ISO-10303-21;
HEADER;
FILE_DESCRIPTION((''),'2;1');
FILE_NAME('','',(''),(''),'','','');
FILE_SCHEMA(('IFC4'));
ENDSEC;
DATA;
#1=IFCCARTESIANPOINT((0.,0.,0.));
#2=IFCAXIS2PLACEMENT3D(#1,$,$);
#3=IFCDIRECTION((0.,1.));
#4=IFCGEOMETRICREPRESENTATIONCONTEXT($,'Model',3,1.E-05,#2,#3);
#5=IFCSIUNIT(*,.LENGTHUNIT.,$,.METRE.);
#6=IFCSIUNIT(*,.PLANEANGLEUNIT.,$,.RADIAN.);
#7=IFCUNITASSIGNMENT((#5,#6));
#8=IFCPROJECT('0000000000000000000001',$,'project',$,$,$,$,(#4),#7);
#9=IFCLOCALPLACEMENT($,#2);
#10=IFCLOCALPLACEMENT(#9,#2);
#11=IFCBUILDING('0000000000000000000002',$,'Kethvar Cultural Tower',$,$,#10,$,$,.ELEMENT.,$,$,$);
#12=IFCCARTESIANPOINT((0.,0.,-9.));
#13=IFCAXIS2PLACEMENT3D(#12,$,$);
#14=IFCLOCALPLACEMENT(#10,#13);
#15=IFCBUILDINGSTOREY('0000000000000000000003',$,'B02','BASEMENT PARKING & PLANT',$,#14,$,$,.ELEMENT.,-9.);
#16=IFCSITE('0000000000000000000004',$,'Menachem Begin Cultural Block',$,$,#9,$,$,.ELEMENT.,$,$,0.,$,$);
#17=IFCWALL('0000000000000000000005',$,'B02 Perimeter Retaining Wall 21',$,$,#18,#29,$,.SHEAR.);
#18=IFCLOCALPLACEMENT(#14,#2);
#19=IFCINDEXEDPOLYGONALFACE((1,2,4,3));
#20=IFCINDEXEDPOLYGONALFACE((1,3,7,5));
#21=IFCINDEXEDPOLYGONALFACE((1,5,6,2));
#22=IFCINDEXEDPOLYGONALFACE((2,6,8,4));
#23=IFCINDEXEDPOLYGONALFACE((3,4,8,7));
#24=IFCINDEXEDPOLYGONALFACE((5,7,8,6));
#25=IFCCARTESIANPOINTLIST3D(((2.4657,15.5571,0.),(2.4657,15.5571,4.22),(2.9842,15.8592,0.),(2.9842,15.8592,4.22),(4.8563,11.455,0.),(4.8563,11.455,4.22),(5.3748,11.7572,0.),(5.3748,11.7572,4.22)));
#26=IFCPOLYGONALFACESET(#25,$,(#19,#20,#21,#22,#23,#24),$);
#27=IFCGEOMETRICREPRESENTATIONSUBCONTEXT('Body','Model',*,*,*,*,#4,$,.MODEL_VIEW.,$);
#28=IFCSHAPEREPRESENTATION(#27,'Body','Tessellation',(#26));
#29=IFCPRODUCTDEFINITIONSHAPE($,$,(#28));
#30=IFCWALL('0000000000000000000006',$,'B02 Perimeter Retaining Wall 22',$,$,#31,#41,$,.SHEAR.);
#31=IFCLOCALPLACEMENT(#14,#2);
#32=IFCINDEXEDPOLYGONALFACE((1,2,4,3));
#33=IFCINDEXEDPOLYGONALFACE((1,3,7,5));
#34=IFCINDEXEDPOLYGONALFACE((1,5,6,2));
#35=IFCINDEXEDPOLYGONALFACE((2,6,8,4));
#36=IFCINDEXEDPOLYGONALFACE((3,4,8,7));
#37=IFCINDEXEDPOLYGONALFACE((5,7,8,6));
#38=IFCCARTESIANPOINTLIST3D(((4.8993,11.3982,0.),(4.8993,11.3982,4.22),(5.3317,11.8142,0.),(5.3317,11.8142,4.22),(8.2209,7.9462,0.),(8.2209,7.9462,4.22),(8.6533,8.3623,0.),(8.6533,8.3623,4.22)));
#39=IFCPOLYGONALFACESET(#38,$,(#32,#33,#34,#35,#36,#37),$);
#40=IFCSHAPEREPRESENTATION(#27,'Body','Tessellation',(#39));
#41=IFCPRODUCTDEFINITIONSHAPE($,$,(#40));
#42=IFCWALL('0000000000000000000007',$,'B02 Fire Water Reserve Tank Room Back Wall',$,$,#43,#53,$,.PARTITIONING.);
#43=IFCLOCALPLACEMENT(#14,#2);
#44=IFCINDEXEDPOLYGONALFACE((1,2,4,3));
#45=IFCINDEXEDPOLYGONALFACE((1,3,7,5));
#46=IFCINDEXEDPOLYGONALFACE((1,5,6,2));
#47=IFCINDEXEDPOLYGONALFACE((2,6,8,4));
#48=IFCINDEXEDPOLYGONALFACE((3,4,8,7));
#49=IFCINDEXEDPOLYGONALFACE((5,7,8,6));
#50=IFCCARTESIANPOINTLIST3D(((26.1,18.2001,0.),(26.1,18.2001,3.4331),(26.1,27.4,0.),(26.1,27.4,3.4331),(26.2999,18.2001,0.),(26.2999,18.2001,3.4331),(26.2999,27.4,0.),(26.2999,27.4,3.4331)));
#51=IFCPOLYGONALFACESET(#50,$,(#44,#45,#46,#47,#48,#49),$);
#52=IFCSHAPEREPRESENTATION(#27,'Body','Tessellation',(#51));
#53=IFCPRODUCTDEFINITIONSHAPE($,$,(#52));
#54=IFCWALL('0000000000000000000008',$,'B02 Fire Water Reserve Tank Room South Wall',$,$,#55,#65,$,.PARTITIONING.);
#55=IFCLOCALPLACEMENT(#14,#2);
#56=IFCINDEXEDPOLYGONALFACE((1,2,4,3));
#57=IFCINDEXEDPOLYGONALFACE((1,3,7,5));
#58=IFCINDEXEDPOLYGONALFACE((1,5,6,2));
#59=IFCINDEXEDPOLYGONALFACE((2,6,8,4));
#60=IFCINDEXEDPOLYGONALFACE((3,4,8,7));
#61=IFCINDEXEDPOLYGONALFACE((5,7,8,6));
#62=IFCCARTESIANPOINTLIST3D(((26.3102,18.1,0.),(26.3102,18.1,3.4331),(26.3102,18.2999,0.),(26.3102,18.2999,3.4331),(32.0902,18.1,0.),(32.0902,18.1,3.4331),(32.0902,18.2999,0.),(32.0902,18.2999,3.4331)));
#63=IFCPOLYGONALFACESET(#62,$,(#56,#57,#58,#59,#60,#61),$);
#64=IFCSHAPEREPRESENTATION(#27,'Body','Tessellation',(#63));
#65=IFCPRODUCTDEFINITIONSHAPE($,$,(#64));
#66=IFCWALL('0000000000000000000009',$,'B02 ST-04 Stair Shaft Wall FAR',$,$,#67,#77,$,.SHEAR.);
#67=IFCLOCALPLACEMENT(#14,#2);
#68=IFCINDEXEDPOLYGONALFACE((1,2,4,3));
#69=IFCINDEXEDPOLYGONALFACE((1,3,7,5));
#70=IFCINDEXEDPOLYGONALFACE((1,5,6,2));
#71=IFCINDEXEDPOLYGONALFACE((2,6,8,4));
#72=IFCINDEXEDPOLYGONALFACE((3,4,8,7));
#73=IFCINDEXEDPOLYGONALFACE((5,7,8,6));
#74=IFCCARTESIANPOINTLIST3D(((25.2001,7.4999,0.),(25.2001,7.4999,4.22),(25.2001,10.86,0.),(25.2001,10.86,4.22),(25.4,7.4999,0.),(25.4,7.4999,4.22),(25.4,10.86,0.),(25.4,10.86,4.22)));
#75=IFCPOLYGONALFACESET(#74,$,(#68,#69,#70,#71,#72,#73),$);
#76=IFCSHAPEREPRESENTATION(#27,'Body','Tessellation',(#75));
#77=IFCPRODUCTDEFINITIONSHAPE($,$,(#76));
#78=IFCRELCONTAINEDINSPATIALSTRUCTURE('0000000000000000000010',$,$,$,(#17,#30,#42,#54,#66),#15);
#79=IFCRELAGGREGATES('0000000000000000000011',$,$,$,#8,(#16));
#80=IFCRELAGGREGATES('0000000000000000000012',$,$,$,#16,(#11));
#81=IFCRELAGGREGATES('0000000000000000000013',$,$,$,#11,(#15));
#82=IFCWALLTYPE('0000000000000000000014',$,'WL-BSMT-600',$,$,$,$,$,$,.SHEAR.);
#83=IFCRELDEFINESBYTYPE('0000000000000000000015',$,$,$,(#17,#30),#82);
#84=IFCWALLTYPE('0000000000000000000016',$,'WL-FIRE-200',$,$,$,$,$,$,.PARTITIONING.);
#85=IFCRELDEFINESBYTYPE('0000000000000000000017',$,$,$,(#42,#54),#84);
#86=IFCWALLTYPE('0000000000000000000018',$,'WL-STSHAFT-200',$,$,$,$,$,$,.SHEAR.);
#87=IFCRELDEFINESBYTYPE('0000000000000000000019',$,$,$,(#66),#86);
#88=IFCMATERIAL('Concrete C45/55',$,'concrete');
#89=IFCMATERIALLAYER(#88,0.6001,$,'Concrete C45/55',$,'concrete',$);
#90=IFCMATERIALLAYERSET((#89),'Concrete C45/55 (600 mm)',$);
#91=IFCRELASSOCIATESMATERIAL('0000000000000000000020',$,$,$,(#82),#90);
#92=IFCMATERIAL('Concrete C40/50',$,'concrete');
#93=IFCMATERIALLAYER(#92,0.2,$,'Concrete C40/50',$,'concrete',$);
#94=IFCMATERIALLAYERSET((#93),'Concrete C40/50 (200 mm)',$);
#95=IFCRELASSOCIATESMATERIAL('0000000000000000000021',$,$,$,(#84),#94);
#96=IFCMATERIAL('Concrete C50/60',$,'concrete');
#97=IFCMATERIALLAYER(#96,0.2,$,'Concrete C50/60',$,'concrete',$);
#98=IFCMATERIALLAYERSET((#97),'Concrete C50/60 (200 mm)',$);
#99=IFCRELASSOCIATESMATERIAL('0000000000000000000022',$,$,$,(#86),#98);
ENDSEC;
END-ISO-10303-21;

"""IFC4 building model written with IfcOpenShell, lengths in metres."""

from ifc_helpers import new_model, si_unit, direction, frame, frame_2d, origin, place, context, subcontext, project, spatial, rectangle, extrude, material, layer, layer_set, type_object, element, save


model = new_model("IFC4")

# Units and contexts
model_context = context("Model", 3, precision=1e-05, world=origin(), true_north=direction((0.0, 1.0)))
body_context = subcontext(model_context, "Body", "Model", "MODEL_VIEW")
ifc_project = project(units=[si_unit("LENGTHUNIT", "METRE"), si_unit("PLANEANGLEUNIT", "RADIAN")], contexts=[model_context])

# Site, building, storey
site_placement = place(None, origin())
site = spatial("IfcSite", under=ifc_project, at=site_placement, Name="Menachem Begin Cultural Block", CompositionType="ELEMENT", RefElevation=0.0)
building_placement = place(site_placement, origin())
building = spatial("IfcBuilding", under=site, at=building_placement, Name="Kethvar Cultural Tower", CompositionType="ELEMENT")
storey_placement = place(building_placement, frame((0.0, 0.0, -9.0)))
storey = spatial("IfcBuildingStorey", under=building, at=storey_placement, Name="B02", Description="BASEMENT PARKING & PLANT", CompositionType="ELEMENT", Elevation=-9.0)

# Shared definitions
ifc_material_1 = material(Name="Concrete C45/55", Category="concrete")

# Shared definitions
ifc_material_2 = material(Name="Concrete C50/60", Category="concrete")

# Walls
ifc_layer_1 = layer(ifc_material_1, 0.6001, Name="Concrete C45/55", Category="concrete")
ifc_layer_set_1 = layer_set([ifc_layer_1], Name="Concrete C45/55 (600 mm)")
wall_type_1 = type_object("IfcWallType", Name="WL-BSMT-600", PredefinedType="SHEAR", material=ifc_layer_set_1)
wall_1_placement = place(storey_placement, frame((2.7249, 15.7083, 0.0), z_axis=(0.0, 0.0, 1.0), x_axis=(0.503519, -0.863984, 0.0)))
element("IfcWall", 1, at=wall_1_placement, inside=storey, type_object=wall_type_1, Name="B02 Perimeter Retaining Wall 21", PredefinedType="SHEAR", context=body_context, shape_type="SweptSolid", body=[
    extrude(rectangle(XDim=4.7478, YDim=0.6001, at=frame_2d((2.374, 0.0))), origin(), (0.0, 0.0, 1.0), 4.22),
])
wall_2_placement = place(storey_placement, frame((5.1155, 11.6062, 0.0), z_axis=(0.0, 0.0, 1.0), x_axis=(0.693368, -0.720583, 0.0)))
element("IfcWall", 2, at=wall_2_placement, inside=storey, type_object=wall_type_1, Name="B02 Perimeter Retaining Wall 22", PredefinedType="SHEAR", context=body_context, shape_type="SweptSolid", body=[
    extrude(rectangle(XDim=4.7905, YDim=0.6001, at=frame_2d((2.3953, 0.0))), origin(), (0.0, 0.0, 1.0), 4.22),
])
ifc_material_3 = material(Name="Concrete C40/50", Category="concrete")
ifc_layer_2 = layer(ifc_material_3, 0.2, Name="Concrete C40/50", Category="concrete")
ifc_layer_set_2 = layer_set([ifc_layer_2], Name="Concrete C40/50 (200 mm)")
wall_type_2 = type_object("IfcWallType", Name="WL-FIRE-200", PredefinedType="PARTITIONING", material=ifc_layer_set_2)
wall_3_placement = place(storey_placement, frame((26.2, 18.2, 0.0), z_axis=(0.0, 0.0, 1.0), x_axis=(0.0, 1.0, 0.0)))
element("IfcWall", 3, at=wall_3_placement, inside=storey, type_object=wall_type_2, Name="B02 Fire Water Reserve Tank Room Back Wall", PredefinedType="PARTITIONING", context=body_context, shape_type="SweptSolid", body=[
    extrude(rectangle(XDim=9.2, YDim=0.2, at=frame_2d((4.6001, 0.0))), origin(), (0.0, 0.0, 1.0), 3.4331),
])
wall_4_placement = place(storey_placement, frame((26.3101, 18.2, 0.0), z_axis=(0.0, 0.0, 1.0), x_axis=(1.0, 0.0, 0.0)))
element("IfcWall", 4, at=wall_4_placement, inside=storey, type_object=wall_type_2, Name="B02 Fire Water Reserve Tank Room South Wall", PredefinedType="PARTITIONING", context=body_context, shape_type="SweptSolid", body=[
    extrude(rectangle(XDim=5.78, YDim=0.2, at=frame_2d((2.8901, 0.0))), origin(), (0.0, 0.0, 1.0), 3.4331),
])
ifc_layer_3 = layer(ifc_material_2, 0.2, Name="Concrete C50/60", Category="concrete")
ifc_layer_set_3 = layer_set([ifc_layer_3], Name="Concrete C50/60 (200 mm)")
wall_type_3 = type_object("IfcWallType", Name="WL-STSHAFT-200", PredefinedType="SHEAR", material=ifc_layer_set_3)
wall_5_placement = place(storey_placement, frame((25.3, 10.8601, 0.0), z_axis=(0.0, 0.0, 1.0), x_axis=(0.0, -1.0, 0.0)))
element("IfcWall", 5, at=wall_5_placement, inside=storey, type_object=wall_type_3, Name="B02 ST-04 Stair Shaft Wall FAR", PredefinedType="SHEAR", context=body_context, shape_type="SweptSolid", body=[
    extrude(rectangle(XDim=3.3601, YDim=0.2, at=frame_2d((1.6802, 0.0))), origin(), (0.0, 0.0, 1.0), 4.22),
])

save(model, "model.ifc")
